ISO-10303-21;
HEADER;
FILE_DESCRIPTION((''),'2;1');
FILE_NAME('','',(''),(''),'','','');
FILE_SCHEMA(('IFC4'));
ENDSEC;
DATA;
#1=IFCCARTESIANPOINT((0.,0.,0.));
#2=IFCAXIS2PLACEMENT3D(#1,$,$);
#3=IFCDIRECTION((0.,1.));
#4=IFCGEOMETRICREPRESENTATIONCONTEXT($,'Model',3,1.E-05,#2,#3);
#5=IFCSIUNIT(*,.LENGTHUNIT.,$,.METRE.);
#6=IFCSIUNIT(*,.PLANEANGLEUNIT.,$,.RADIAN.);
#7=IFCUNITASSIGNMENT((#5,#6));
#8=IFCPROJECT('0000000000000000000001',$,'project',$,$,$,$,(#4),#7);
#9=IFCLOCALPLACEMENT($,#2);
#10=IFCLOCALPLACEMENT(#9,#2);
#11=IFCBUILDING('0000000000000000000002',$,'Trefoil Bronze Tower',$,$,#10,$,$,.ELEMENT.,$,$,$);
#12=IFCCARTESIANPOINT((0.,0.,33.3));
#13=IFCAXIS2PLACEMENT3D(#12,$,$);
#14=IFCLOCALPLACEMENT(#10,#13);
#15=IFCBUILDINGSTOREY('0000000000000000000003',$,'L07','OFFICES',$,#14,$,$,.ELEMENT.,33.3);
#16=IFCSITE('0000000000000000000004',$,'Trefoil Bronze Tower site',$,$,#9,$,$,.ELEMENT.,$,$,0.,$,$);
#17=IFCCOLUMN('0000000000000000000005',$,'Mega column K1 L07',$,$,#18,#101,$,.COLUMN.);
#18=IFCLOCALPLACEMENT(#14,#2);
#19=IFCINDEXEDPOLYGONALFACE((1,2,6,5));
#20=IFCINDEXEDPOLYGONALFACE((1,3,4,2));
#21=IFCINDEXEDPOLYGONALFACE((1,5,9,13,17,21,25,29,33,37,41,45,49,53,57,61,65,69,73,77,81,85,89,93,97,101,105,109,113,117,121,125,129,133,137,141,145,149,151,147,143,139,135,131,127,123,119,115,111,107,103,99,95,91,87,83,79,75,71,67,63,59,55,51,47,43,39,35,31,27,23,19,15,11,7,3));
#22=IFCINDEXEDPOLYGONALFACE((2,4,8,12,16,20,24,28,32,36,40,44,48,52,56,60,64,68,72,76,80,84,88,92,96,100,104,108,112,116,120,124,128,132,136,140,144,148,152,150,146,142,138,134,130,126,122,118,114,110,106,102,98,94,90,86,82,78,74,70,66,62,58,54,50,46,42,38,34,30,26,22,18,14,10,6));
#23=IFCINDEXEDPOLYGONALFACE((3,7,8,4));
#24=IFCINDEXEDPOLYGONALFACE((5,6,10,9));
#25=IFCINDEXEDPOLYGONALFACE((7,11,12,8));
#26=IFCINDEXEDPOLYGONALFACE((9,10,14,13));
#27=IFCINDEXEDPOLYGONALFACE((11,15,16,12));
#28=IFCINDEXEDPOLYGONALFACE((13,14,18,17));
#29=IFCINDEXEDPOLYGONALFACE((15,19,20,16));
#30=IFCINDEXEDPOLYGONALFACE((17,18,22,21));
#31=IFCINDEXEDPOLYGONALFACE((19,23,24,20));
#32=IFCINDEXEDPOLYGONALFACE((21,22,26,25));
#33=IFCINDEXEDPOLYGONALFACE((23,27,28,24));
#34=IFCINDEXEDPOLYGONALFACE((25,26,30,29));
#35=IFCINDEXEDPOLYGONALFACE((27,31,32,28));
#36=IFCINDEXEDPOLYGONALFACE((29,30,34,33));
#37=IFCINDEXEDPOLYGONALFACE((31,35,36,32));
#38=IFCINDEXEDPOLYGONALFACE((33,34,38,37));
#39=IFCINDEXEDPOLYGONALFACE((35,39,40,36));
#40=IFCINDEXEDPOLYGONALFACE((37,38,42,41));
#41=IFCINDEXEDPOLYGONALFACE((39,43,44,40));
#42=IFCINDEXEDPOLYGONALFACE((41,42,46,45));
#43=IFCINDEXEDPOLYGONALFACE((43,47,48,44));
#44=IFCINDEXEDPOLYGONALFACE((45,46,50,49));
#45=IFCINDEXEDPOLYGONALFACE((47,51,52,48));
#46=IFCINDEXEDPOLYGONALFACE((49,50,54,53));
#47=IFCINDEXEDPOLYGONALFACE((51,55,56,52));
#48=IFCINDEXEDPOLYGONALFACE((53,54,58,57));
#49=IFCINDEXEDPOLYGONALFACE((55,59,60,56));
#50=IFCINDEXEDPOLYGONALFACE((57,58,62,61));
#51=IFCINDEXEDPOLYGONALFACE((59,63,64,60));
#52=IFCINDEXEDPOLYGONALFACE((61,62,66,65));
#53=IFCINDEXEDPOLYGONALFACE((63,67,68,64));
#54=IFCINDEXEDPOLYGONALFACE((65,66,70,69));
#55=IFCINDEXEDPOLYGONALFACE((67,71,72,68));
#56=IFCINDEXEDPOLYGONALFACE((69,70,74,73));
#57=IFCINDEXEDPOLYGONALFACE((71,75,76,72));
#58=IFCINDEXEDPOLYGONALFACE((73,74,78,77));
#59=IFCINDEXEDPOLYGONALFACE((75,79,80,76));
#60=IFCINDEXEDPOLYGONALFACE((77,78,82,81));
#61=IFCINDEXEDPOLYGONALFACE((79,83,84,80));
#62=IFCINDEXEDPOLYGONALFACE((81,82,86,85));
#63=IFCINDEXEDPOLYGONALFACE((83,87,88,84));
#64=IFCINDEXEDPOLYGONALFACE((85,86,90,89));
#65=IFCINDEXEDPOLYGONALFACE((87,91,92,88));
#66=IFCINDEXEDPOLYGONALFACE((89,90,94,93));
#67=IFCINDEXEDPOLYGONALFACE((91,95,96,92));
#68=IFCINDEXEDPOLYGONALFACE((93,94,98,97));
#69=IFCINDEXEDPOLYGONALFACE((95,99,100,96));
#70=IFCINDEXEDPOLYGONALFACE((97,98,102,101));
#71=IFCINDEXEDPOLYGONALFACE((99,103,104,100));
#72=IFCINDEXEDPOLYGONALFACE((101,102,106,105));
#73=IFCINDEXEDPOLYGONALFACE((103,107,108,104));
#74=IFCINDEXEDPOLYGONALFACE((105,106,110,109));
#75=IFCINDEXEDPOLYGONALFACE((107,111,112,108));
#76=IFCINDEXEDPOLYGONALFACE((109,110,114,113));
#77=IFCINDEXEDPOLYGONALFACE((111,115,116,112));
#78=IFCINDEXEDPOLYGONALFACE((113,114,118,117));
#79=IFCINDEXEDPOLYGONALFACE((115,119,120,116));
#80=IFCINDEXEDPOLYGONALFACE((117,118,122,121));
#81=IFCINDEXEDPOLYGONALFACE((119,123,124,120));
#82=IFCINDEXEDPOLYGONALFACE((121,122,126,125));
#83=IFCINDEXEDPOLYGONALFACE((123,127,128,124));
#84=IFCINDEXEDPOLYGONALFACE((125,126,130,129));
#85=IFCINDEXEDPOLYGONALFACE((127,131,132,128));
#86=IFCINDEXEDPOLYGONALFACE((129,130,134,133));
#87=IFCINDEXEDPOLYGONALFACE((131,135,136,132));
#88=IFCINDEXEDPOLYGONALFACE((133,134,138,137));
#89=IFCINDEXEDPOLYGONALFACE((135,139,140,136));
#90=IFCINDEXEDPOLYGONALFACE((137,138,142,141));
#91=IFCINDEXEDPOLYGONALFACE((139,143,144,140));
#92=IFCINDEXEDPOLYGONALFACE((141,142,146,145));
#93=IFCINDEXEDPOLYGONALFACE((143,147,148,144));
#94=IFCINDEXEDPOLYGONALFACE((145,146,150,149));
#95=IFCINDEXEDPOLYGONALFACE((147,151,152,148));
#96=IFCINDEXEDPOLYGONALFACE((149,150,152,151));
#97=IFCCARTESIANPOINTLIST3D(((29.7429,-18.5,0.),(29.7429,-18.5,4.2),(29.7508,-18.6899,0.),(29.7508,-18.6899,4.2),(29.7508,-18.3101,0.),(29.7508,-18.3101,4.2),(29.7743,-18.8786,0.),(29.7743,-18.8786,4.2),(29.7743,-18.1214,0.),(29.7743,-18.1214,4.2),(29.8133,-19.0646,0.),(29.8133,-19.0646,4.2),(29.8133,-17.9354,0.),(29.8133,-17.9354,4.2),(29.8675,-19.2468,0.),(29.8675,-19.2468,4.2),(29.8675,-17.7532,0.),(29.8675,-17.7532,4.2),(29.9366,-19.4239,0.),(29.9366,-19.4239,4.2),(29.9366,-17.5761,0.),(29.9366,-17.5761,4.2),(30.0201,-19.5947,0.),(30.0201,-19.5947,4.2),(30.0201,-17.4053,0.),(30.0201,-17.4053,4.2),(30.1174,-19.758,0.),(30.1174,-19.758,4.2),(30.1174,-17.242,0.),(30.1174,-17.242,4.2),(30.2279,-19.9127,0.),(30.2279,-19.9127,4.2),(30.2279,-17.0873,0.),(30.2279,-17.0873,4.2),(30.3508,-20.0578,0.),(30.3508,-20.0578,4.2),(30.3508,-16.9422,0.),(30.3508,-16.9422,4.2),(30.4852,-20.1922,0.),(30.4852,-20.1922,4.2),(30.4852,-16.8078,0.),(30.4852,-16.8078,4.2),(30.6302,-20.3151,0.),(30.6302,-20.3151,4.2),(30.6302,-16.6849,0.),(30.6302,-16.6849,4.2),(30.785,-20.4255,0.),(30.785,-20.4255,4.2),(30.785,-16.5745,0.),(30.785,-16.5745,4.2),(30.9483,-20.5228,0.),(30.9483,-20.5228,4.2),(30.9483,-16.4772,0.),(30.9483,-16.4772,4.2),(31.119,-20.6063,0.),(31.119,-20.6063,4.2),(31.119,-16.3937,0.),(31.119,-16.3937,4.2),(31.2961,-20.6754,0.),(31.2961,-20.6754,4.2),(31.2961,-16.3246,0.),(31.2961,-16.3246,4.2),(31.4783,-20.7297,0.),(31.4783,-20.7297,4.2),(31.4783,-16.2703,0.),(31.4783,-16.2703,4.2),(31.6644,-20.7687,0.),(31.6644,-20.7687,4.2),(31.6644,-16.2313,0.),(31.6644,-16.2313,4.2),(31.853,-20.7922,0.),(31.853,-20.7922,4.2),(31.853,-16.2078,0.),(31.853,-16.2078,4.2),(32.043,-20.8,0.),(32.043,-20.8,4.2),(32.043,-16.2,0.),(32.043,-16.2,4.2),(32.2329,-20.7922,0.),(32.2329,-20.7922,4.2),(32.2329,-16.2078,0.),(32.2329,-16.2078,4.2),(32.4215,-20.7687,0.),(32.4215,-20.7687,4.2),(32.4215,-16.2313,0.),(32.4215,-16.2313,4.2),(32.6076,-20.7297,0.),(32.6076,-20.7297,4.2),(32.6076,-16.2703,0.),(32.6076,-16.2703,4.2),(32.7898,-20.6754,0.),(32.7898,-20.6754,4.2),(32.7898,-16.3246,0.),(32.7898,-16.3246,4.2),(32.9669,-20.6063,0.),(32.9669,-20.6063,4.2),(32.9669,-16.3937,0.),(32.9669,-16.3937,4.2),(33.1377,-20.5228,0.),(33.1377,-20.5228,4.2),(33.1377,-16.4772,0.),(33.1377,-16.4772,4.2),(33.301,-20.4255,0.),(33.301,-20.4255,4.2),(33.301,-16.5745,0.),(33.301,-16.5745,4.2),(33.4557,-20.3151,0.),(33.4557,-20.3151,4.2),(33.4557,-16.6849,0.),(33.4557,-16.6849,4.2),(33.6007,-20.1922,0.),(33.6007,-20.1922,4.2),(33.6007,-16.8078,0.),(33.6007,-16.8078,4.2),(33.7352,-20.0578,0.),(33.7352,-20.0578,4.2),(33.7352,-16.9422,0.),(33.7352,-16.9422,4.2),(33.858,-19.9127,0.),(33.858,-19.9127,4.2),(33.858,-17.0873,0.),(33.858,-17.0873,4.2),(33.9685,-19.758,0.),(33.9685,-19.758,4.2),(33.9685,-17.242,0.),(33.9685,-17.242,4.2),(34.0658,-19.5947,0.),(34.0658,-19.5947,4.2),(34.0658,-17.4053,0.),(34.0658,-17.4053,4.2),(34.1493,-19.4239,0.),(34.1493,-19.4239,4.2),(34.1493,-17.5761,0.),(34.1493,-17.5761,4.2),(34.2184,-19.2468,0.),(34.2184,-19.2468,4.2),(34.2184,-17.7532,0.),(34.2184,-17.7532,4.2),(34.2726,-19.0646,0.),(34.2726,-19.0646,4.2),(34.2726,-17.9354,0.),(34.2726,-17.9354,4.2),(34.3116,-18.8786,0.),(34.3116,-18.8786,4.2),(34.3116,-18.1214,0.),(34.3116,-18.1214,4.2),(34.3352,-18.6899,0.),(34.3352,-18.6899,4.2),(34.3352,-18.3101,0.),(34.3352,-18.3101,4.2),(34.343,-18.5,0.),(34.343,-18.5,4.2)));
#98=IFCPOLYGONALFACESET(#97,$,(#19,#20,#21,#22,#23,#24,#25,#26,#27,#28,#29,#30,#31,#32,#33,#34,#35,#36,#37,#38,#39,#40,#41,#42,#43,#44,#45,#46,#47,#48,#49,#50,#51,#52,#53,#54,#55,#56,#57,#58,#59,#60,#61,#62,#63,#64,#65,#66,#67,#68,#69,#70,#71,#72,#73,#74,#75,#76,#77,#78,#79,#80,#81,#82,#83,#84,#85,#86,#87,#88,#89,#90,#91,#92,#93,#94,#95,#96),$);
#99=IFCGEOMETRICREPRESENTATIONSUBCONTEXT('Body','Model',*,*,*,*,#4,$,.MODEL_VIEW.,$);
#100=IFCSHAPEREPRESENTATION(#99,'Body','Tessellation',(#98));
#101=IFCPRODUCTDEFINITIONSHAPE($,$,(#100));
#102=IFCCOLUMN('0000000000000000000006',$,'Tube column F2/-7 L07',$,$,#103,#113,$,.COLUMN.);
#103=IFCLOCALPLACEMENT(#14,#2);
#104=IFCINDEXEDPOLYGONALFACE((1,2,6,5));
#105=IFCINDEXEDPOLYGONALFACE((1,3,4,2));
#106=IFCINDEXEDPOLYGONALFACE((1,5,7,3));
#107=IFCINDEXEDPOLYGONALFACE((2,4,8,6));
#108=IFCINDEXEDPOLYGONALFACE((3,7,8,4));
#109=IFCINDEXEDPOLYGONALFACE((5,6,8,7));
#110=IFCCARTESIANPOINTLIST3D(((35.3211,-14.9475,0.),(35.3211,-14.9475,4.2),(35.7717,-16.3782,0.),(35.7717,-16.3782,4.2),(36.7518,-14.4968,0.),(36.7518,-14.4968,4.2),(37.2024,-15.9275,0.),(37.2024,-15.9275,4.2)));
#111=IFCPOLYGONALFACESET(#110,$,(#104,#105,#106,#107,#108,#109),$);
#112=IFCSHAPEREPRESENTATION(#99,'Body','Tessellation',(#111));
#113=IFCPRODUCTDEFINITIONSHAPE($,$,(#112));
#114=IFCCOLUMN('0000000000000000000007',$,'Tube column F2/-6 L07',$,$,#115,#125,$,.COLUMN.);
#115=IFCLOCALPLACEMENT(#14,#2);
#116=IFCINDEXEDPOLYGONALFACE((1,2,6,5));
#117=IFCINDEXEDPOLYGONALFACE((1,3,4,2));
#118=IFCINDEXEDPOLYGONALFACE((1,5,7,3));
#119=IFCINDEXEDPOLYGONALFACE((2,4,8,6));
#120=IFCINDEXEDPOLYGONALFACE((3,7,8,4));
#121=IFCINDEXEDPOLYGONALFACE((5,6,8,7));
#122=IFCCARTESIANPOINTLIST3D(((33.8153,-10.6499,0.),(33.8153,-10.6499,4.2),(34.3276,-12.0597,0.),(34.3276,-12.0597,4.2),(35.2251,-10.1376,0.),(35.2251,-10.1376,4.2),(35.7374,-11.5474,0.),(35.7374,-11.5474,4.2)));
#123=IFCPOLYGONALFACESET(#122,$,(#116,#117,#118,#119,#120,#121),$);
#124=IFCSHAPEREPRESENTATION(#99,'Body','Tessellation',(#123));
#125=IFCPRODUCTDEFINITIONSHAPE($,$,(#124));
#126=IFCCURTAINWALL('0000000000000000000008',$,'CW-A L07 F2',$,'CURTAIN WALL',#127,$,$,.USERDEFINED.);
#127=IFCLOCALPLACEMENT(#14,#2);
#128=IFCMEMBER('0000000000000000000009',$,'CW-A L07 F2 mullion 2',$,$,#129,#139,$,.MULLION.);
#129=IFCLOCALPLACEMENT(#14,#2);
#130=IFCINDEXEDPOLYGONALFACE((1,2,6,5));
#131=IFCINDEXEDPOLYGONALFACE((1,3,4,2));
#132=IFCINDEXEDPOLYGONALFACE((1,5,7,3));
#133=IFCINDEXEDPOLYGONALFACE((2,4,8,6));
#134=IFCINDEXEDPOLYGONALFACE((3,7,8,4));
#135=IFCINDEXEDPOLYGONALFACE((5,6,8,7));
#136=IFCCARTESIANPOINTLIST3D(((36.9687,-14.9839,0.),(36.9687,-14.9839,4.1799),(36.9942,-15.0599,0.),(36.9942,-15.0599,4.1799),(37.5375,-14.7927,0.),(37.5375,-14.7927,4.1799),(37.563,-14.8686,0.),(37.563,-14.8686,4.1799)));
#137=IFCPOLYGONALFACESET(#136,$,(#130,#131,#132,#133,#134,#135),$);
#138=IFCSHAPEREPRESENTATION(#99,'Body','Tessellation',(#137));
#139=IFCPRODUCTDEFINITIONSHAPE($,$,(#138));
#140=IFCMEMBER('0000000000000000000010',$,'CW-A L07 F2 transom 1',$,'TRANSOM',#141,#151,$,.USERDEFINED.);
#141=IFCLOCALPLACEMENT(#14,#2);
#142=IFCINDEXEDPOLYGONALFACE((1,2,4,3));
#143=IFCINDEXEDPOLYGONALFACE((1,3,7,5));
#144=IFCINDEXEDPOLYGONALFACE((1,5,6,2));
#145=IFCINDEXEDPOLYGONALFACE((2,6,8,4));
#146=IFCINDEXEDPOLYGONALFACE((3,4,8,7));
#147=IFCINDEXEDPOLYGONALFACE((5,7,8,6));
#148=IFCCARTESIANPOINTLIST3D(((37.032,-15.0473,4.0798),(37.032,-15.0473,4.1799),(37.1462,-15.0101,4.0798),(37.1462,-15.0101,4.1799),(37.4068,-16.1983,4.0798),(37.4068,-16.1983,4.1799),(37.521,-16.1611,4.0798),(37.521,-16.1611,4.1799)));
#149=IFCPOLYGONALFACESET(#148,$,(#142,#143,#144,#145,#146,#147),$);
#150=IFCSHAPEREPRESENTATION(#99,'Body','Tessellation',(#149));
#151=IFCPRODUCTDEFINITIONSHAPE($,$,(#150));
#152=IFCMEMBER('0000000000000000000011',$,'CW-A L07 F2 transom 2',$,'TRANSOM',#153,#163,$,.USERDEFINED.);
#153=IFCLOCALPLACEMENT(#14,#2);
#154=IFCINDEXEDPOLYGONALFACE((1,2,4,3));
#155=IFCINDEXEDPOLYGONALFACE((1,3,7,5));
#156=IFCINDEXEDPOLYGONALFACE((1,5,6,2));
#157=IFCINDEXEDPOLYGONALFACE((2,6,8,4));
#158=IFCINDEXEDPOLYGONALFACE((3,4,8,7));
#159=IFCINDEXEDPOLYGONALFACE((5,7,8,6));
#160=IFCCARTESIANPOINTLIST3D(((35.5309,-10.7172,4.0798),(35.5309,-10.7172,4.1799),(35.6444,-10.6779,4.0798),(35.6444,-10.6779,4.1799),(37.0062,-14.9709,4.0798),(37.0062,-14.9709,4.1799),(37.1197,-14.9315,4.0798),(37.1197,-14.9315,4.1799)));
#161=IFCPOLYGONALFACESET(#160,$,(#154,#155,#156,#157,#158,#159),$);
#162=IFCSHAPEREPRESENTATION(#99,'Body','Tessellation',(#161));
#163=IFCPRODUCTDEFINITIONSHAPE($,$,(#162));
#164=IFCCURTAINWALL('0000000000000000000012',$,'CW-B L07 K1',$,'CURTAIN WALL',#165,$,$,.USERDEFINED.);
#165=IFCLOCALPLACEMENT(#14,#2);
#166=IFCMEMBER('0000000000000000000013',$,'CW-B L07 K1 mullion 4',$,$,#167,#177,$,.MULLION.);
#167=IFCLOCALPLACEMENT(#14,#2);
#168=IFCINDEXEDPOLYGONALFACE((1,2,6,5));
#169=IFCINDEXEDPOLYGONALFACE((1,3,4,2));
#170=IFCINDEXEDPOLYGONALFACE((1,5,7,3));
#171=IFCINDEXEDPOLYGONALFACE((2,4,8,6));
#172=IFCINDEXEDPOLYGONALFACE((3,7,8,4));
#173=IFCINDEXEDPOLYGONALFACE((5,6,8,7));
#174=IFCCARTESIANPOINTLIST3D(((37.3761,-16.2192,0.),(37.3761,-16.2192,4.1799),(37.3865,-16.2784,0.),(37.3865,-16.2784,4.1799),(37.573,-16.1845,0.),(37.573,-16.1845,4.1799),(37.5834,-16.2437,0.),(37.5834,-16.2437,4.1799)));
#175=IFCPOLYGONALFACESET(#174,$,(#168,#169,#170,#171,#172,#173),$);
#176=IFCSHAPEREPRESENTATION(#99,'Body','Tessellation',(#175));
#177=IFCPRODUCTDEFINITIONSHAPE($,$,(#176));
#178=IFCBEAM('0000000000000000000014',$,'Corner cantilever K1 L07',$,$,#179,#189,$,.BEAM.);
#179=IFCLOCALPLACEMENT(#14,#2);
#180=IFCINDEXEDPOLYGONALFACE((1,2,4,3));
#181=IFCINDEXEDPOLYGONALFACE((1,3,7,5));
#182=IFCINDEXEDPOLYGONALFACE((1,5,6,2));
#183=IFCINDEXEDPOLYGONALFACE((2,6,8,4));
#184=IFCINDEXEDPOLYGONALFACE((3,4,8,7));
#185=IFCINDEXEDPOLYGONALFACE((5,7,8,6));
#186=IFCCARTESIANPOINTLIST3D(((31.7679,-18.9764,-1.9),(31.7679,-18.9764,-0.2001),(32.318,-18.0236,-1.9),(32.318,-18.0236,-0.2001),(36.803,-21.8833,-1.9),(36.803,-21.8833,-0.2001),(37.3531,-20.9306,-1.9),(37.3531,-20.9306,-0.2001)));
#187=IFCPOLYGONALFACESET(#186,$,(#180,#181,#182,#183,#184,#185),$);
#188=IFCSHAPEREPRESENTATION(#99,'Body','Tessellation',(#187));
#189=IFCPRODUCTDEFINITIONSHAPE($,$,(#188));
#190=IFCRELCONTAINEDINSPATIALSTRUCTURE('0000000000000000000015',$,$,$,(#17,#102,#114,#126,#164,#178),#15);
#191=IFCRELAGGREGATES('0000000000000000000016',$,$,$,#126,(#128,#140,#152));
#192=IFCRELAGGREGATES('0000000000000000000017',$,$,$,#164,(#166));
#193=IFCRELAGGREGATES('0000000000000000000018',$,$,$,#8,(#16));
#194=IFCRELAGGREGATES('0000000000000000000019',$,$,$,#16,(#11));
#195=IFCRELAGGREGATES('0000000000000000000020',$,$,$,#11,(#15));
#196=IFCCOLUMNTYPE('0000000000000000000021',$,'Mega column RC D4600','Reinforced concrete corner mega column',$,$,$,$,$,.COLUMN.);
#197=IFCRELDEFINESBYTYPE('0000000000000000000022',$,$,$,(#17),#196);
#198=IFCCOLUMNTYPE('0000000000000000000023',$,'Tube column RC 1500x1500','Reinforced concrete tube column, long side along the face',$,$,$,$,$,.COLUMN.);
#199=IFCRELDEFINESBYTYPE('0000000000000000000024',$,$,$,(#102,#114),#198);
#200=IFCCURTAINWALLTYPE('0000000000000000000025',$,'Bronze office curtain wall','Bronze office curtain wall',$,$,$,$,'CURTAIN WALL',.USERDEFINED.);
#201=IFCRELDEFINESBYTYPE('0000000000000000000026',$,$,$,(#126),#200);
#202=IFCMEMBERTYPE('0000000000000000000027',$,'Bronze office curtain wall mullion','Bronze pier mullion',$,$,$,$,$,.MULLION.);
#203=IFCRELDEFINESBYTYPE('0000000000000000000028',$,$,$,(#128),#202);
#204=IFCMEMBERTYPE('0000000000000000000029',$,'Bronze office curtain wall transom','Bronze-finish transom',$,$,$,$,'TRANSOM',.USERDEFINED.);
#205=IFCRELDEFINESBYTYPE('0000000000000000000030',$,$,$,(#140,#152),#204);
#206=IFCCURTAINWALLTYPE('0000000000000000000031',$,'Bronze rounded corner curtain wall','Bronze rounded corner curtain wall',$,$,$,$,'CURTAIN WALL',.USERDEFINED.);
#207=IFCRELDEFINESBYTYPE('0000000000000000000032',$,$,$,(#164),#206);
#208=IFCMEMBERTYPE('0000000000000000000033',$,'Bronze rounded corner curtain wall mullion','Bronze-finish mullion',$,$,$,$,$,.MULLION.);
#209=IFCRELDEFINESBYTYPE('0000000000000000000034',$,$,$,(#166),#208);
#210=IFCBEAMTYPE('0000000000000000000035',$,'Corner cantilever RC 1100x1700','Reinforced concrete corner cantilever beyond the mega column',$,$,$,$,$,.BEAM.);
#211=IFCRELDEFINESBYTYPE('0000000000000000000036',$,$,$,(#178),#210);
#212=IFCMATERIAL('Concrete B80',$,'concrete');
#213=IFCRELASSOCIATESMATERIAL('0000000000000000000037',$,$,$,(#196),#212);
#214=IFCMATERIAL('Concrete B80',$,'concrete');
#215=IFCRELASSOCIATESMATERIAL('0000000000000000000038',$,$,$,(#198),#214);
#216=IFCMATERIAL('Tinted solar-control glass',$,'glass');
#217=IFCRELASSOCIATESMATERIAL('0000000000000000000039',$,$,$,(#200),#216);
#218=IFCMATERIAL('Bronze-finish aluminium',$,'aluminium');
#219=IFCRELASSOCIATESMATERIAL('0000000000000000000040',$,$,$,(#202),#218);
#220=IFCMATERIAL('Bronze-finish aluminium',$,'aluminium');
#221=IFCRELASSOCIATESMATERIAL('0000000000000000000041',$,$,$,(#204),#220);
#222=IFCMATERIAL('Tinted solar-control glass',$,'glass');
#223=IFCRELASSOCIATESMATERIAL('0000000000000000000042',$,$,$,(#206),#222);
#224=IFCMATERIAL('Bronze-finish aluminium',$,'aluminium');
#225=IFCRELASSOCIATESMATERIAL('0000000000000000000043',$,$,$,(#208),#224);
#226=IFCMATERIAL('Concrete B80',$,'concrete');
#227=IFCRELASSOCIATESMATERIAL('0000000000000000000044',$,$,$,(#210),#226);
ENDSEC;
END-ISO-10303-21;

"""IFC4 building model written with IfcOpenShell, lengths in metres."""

from ifc_helpers import new_model, si_unit, direction, frame, origin, origin_2d, place, context, subcontext, project, spatial, rectangle, circle, extrude, material, material_profile, profile_set, type_object, element, aggregate, save


model = new_model("IFC4")

# Units and contexts
model_context = context("Model", 3, precision=1e-05, world=origin(), true_north=direction((0.0, 1.0)))
body_context = subcontext(model_context, "Body", "Model", "MODEL_VIEW")
ifc_project = project(units=[si_unit("LENGTHUNIT", "METRE"), si_unit("PLANEANGLEUNIT", "RADIAN")], contexts=[model_context])

# Site, building, storey
site_placement = place(None, origin())
site = spatial("IfcSite", under=ifc_project, at=site_placement, Name="Trefoil Bronze Tower site", CompositionType="ELEMENT", RefElevation=0.0)
building_placement = place(site_placement, origin())
building = spatial("IfcBuilding", under=site, at=building_placement, Name="Trefoil Bronze Tower", CompositionType="ELEMENT")
storey_placement = place(building_placement, frame((0.0, 0.0, 33.3)))
storey = spatial("IfcBuildingStorey", under=building, at=storey_placement, Name="L07", Description="OFFICES", CompositionType="ELEMENT", Elevation=33.3)

# Columns
ifc_material_1 = material(Name="Concrete B80", Category="concrete")
ifc_material_profile_1 = material_profile(ifc_material_1, circle(Radius=2.3, at=origin_2d()), Name="RC D4600")
ifc_profile_set_1 = profile_set([ifc_material_profile_1], Name="Concrete B80")
column_type_1 = type_object("IfcColumnType", Name="Mega column RC D4600", Description="Reinforced concrete corner mega column", PredefinedType="COLUMN", material=ifc_profile_set_1)
column_placement = place(storey_placement, frame((32.043, -18.5, 0.0), z_axis=(0.0, 0.0, 1.0), x_axis=(1.0, 0.0, 0.0)))
element("IfcColumn", 1, at=column_placement, inside=storey, type_object=column_type_1, Name="Mega column K1 L07", PredefinedType="COLUMN", context=body_context, shape_type="SweptSolid", body=[
    extrude(circle(Radius=2.3, at=origin_2d()), origin(), (0.0, 0.0, 1.0), 4.2),
])
ifc_material_2 = material(Name="Concrete B80", Category="concrete")
ifc_material_profile_2 = material_profile(ifc_material_2, rectangle(XDim=1.5, YDim=1.5, at=origin_2d()), Name="RC 1500x1500")
ifc_profile_set_2 = profile_set([ifc_material_profile_2], Name="Concrete B80")
column_type_2 = type_object("IfcColumnType", Name="Tube column RC 1500x1500", Description="Reinforced concrete tube column, long side along the face", PredefinedType="COLUMN", material=ifc_profile_set_2)
for number, where, z_axis, x_axis, name in (
    (2, (36.2617, -15.4375, 0.0), (0.0, 0.0, 1.0), (-0.300414, 0.953809, 0.0), "Tube column F2/-7 L07"),
    (3, (34.7764, -11.0986, 0.0), (0.0, 0.0, 1.0), (-0.341559, 0.93986, 0.0), "Tube column F2/-6 L07"),
):
    element("IfcColumn", number, at=place(storey_placement, frame(where, z_axis=z_axis, x_axis=x_axis)), inside=storey, type_object=column_type_2, Name=name, PredefinedType="COLUMN", context=body_context, shape_type="SweptSolid", body=[
        extrude(rectangle(XDim=1.5, YDim=1.5, at=origin_2d()), origin(), (0.0, 0.0, 1.0), 4.2),
    ])

# Curtain wall, members
ifc_material_3 = material(Name="Tinted solar-control glass", Category="glass")
curtain_wall_type_1 = type_object("IfcCurtainWallType", Name="Bronze office curtain wall", Description="Bronze office curtain wall", ElementType="CURTAIN WALL", PredefinedType="USERDEFINED", material=ifc_material_3)
curtain_wall_1_placement = place(storey_placement, origin())
curtain_wall_1 = element("IfcCurtainWall", 4, at=curtain_wall_1_placement, inside=storey, type_object=curtain_wall_type_1, Name="CW-A L07 F2", ObjectType="CURTAIN WALL", PredefinedType="USERDEFINED")
ifc_material_4 = material(Name="Bronze-finish aluminium", Category="aluminium")
ifc_material_profile_3 = material_profile(ifc_material_4, rectangle(XDim=0.6001, YDim=0.0801, at=origin_2d()), Name="CW-A mullion")
ifc_profile_set_3 = profile_set([ifc_material_profile_3], Name="Bronze-finish aluminium")
member_type_1 = type_object("IfcMemberType", Name="Bronze office curtain wall mullion", Description="Bronze pier mullion", PredefinedType="MULLION", material=ifc_profile_set_3)
member_1_placement = place(storey_placement, frame((37.2659, -14.9263, 0.0), z_axis=(0.0, 0.0, 1.0), x_axis=(-0.947851, -0.318715, 0.0)))
member_1 = element("IfcMember", 5, at=member_1_placement, type_object=member_type_1, Name="CW-A L07 F2 mullion 2", PredefinedType="MULLION", context=body_context, shape_type="SweptSolid", body=[
    extrude(rectangle(XDim=0.6001, YDim=0.0801, at=origin_2d()), origin(), (0.0, 0.0, 1.0), 4.1799),
])
ifc_material_5 = material(Name="Bronze-finish aluminium", Category="aluminium")
ifc_material_profile_4 = material_profile(ifc_material_5, rectangle(XDim=0.1201, YDim=0.1001, at=origin_2d()), Name="CW-A transom")
ifc_profile_set_4 = profile_set([ifc_material_profile_4], Name="Bronze-finish aluminium")
member_type_2 = type_object("IfcMemberType", Name="Bronze office curtain wall transom", Description="Bronze-finish transom", ElementType="TRANSOM", PredefinedType="USERDEFINED", material=ifc_profile_set_4)
member_2_placement = place(storey_placement, frame((37.4639, -16.1797, 4.1299), z_axis=(-0.309624, 0.950859, 0.0), x_axis=(-0.950859, -0.309624, 0.0)))
member_2 = element("IfcMember", 6, at=member_2_placement, type_object=member_type_2, Name="CW-A L07 F2 transom 1", ObjectType="TRANSOM", PredefinedType="USERDEFINED", context=body_context, shape_type="SweptSolid", body=[
    extrude(rectangle(XDim=0.1201, YDim=0.1001, at=origin_2d()), origin(), (0.0, 0.0, 1.0), 1.2104),
])
member_3_placement = place(storey_placement, frame((37.063, -14.9512, 4.1299), z_axis=(-0.32769, 0.944785, 0.0), x_axis=(-0.944785, -0.32769, 0.0)))
member_3 = element("IfcMember", 7, at=member_3_placement, type_object=member_type_2, Name="CW-A L07 F2 transom 2", ObjectType="TRANSOM", PredefinedType="USERDEFINED", context=body_context, shape_type="SweptSolid", body=[
    extrude(rectangle(XDim=0.1201, YDim=0.1001, at=origin_2d()), origin(), (0.0, 0.0, 1.0), 4.5022),
])

# Curtain wall, member
ifc_material_6 = material(Name="Tinted solar-control glass", Category="glass")
curtain_wall_type_2 = type_object("IfcCurtainWallType", Name="Bronze rounded corner curtain wall", Description="Bronze rounded corner curtain wall", ElementType="CURTAIN WALL", PredefinedType="USERDEFINED", material=ifc_material_6)
curtain_wall_2_placement = place(storey_placement, origin())
curtain_wall_2 = element("IfcCurtainWall", 8, at=curtain_wall_2_placement, inside=storey, type_object=curtain_wall_type_2, Name="CW-B L07 K1", ObjectType="CURTAIN WALL", PredefinedType="USERDEFINED")
ifc_material_7 = material(Name="Bronze-finish aluminium", Category="aluminium")
ifc_material_profile_5 = material_profile(ifc_material_7, rectangle(XDim=0.2, YDim=0.0601, at=origin_2d()), Name="CW-B mullion")
ifc_profile_set_5 = profile_set([ifc_material_profile_5], Name="Bronze-finish aluminium")
member_type_3 = type_object("IfcMemberType", Name="Bronze rounded corner curtain wall mullion", Description="Bronze-finish mullion", PredefinedType="MULLION", material=ifc_profile_set_5)
member_4_placement = place(storey_placement, frame((37.4797, -16.2314, 0.0), z_axis=(0.0, 0.0, 1.0), x_axis=(-0.984808, -0.173648, 0.0)))
member_4 = element("IfcMember", 9, at=member_4_placement, type_object=member_type_3, Name="CW-B L07 K1 mullion 4", PredefinedType="MULLION", context=body_context, shape_type="SweptSolid", body=[
    extrude(rectangle(XDim=0.2, YDim=0.0601, at=origin_2d()), origin(), (0.0, 0.0, 1.0), 4.1799),
])

# Beam
ifc_material_8 = material(Name="Concrete B80", Category="concrete")
ifc_material_profile_6 = material_profile(ifc_material_8, rectangle(XDim=1.1001, YDim=1.7, at=origin_2d()), Name="RC 1100x1700")
ifc_profile_set_6 = profile_set([ifc_material_profile_6], Name="Concrete B80")
beam_type_1 = type_object("IfcBeamType", Name="Corner cantilever RC 1100x1700", Description="Reinforced concrete corner cantilever beyond the mega column", PredefinedType="BEAM", material=ifc_profile_set_6)
beam_1_placement = place(storey_placement, frame((32.043, -18.5, -1.05), z_axis=(0.86603, -0.499991, 0.0), x_axis=(0.499991, 0.86603, 0.0)))
element("IfcBeam", 10, at=beam_1_placement, inside=storey, type_object=beam_type_1, Name="Corner cantilever K1 L07", PredefinedType="BEAM", context=body_context, shape_type="SweptSolid", body=[
    extrude(rectangle(XDim=1.1001, YDim=1.7, at=origin_2d()), origin(), (0.0, 0.0, 1.0), 5.814),
])

aggregate(curtain_wall_1, [member_1, member_2, member_3])
aggregate(curtain_wall_2, [member_4])

save(model, "model.ifc")
